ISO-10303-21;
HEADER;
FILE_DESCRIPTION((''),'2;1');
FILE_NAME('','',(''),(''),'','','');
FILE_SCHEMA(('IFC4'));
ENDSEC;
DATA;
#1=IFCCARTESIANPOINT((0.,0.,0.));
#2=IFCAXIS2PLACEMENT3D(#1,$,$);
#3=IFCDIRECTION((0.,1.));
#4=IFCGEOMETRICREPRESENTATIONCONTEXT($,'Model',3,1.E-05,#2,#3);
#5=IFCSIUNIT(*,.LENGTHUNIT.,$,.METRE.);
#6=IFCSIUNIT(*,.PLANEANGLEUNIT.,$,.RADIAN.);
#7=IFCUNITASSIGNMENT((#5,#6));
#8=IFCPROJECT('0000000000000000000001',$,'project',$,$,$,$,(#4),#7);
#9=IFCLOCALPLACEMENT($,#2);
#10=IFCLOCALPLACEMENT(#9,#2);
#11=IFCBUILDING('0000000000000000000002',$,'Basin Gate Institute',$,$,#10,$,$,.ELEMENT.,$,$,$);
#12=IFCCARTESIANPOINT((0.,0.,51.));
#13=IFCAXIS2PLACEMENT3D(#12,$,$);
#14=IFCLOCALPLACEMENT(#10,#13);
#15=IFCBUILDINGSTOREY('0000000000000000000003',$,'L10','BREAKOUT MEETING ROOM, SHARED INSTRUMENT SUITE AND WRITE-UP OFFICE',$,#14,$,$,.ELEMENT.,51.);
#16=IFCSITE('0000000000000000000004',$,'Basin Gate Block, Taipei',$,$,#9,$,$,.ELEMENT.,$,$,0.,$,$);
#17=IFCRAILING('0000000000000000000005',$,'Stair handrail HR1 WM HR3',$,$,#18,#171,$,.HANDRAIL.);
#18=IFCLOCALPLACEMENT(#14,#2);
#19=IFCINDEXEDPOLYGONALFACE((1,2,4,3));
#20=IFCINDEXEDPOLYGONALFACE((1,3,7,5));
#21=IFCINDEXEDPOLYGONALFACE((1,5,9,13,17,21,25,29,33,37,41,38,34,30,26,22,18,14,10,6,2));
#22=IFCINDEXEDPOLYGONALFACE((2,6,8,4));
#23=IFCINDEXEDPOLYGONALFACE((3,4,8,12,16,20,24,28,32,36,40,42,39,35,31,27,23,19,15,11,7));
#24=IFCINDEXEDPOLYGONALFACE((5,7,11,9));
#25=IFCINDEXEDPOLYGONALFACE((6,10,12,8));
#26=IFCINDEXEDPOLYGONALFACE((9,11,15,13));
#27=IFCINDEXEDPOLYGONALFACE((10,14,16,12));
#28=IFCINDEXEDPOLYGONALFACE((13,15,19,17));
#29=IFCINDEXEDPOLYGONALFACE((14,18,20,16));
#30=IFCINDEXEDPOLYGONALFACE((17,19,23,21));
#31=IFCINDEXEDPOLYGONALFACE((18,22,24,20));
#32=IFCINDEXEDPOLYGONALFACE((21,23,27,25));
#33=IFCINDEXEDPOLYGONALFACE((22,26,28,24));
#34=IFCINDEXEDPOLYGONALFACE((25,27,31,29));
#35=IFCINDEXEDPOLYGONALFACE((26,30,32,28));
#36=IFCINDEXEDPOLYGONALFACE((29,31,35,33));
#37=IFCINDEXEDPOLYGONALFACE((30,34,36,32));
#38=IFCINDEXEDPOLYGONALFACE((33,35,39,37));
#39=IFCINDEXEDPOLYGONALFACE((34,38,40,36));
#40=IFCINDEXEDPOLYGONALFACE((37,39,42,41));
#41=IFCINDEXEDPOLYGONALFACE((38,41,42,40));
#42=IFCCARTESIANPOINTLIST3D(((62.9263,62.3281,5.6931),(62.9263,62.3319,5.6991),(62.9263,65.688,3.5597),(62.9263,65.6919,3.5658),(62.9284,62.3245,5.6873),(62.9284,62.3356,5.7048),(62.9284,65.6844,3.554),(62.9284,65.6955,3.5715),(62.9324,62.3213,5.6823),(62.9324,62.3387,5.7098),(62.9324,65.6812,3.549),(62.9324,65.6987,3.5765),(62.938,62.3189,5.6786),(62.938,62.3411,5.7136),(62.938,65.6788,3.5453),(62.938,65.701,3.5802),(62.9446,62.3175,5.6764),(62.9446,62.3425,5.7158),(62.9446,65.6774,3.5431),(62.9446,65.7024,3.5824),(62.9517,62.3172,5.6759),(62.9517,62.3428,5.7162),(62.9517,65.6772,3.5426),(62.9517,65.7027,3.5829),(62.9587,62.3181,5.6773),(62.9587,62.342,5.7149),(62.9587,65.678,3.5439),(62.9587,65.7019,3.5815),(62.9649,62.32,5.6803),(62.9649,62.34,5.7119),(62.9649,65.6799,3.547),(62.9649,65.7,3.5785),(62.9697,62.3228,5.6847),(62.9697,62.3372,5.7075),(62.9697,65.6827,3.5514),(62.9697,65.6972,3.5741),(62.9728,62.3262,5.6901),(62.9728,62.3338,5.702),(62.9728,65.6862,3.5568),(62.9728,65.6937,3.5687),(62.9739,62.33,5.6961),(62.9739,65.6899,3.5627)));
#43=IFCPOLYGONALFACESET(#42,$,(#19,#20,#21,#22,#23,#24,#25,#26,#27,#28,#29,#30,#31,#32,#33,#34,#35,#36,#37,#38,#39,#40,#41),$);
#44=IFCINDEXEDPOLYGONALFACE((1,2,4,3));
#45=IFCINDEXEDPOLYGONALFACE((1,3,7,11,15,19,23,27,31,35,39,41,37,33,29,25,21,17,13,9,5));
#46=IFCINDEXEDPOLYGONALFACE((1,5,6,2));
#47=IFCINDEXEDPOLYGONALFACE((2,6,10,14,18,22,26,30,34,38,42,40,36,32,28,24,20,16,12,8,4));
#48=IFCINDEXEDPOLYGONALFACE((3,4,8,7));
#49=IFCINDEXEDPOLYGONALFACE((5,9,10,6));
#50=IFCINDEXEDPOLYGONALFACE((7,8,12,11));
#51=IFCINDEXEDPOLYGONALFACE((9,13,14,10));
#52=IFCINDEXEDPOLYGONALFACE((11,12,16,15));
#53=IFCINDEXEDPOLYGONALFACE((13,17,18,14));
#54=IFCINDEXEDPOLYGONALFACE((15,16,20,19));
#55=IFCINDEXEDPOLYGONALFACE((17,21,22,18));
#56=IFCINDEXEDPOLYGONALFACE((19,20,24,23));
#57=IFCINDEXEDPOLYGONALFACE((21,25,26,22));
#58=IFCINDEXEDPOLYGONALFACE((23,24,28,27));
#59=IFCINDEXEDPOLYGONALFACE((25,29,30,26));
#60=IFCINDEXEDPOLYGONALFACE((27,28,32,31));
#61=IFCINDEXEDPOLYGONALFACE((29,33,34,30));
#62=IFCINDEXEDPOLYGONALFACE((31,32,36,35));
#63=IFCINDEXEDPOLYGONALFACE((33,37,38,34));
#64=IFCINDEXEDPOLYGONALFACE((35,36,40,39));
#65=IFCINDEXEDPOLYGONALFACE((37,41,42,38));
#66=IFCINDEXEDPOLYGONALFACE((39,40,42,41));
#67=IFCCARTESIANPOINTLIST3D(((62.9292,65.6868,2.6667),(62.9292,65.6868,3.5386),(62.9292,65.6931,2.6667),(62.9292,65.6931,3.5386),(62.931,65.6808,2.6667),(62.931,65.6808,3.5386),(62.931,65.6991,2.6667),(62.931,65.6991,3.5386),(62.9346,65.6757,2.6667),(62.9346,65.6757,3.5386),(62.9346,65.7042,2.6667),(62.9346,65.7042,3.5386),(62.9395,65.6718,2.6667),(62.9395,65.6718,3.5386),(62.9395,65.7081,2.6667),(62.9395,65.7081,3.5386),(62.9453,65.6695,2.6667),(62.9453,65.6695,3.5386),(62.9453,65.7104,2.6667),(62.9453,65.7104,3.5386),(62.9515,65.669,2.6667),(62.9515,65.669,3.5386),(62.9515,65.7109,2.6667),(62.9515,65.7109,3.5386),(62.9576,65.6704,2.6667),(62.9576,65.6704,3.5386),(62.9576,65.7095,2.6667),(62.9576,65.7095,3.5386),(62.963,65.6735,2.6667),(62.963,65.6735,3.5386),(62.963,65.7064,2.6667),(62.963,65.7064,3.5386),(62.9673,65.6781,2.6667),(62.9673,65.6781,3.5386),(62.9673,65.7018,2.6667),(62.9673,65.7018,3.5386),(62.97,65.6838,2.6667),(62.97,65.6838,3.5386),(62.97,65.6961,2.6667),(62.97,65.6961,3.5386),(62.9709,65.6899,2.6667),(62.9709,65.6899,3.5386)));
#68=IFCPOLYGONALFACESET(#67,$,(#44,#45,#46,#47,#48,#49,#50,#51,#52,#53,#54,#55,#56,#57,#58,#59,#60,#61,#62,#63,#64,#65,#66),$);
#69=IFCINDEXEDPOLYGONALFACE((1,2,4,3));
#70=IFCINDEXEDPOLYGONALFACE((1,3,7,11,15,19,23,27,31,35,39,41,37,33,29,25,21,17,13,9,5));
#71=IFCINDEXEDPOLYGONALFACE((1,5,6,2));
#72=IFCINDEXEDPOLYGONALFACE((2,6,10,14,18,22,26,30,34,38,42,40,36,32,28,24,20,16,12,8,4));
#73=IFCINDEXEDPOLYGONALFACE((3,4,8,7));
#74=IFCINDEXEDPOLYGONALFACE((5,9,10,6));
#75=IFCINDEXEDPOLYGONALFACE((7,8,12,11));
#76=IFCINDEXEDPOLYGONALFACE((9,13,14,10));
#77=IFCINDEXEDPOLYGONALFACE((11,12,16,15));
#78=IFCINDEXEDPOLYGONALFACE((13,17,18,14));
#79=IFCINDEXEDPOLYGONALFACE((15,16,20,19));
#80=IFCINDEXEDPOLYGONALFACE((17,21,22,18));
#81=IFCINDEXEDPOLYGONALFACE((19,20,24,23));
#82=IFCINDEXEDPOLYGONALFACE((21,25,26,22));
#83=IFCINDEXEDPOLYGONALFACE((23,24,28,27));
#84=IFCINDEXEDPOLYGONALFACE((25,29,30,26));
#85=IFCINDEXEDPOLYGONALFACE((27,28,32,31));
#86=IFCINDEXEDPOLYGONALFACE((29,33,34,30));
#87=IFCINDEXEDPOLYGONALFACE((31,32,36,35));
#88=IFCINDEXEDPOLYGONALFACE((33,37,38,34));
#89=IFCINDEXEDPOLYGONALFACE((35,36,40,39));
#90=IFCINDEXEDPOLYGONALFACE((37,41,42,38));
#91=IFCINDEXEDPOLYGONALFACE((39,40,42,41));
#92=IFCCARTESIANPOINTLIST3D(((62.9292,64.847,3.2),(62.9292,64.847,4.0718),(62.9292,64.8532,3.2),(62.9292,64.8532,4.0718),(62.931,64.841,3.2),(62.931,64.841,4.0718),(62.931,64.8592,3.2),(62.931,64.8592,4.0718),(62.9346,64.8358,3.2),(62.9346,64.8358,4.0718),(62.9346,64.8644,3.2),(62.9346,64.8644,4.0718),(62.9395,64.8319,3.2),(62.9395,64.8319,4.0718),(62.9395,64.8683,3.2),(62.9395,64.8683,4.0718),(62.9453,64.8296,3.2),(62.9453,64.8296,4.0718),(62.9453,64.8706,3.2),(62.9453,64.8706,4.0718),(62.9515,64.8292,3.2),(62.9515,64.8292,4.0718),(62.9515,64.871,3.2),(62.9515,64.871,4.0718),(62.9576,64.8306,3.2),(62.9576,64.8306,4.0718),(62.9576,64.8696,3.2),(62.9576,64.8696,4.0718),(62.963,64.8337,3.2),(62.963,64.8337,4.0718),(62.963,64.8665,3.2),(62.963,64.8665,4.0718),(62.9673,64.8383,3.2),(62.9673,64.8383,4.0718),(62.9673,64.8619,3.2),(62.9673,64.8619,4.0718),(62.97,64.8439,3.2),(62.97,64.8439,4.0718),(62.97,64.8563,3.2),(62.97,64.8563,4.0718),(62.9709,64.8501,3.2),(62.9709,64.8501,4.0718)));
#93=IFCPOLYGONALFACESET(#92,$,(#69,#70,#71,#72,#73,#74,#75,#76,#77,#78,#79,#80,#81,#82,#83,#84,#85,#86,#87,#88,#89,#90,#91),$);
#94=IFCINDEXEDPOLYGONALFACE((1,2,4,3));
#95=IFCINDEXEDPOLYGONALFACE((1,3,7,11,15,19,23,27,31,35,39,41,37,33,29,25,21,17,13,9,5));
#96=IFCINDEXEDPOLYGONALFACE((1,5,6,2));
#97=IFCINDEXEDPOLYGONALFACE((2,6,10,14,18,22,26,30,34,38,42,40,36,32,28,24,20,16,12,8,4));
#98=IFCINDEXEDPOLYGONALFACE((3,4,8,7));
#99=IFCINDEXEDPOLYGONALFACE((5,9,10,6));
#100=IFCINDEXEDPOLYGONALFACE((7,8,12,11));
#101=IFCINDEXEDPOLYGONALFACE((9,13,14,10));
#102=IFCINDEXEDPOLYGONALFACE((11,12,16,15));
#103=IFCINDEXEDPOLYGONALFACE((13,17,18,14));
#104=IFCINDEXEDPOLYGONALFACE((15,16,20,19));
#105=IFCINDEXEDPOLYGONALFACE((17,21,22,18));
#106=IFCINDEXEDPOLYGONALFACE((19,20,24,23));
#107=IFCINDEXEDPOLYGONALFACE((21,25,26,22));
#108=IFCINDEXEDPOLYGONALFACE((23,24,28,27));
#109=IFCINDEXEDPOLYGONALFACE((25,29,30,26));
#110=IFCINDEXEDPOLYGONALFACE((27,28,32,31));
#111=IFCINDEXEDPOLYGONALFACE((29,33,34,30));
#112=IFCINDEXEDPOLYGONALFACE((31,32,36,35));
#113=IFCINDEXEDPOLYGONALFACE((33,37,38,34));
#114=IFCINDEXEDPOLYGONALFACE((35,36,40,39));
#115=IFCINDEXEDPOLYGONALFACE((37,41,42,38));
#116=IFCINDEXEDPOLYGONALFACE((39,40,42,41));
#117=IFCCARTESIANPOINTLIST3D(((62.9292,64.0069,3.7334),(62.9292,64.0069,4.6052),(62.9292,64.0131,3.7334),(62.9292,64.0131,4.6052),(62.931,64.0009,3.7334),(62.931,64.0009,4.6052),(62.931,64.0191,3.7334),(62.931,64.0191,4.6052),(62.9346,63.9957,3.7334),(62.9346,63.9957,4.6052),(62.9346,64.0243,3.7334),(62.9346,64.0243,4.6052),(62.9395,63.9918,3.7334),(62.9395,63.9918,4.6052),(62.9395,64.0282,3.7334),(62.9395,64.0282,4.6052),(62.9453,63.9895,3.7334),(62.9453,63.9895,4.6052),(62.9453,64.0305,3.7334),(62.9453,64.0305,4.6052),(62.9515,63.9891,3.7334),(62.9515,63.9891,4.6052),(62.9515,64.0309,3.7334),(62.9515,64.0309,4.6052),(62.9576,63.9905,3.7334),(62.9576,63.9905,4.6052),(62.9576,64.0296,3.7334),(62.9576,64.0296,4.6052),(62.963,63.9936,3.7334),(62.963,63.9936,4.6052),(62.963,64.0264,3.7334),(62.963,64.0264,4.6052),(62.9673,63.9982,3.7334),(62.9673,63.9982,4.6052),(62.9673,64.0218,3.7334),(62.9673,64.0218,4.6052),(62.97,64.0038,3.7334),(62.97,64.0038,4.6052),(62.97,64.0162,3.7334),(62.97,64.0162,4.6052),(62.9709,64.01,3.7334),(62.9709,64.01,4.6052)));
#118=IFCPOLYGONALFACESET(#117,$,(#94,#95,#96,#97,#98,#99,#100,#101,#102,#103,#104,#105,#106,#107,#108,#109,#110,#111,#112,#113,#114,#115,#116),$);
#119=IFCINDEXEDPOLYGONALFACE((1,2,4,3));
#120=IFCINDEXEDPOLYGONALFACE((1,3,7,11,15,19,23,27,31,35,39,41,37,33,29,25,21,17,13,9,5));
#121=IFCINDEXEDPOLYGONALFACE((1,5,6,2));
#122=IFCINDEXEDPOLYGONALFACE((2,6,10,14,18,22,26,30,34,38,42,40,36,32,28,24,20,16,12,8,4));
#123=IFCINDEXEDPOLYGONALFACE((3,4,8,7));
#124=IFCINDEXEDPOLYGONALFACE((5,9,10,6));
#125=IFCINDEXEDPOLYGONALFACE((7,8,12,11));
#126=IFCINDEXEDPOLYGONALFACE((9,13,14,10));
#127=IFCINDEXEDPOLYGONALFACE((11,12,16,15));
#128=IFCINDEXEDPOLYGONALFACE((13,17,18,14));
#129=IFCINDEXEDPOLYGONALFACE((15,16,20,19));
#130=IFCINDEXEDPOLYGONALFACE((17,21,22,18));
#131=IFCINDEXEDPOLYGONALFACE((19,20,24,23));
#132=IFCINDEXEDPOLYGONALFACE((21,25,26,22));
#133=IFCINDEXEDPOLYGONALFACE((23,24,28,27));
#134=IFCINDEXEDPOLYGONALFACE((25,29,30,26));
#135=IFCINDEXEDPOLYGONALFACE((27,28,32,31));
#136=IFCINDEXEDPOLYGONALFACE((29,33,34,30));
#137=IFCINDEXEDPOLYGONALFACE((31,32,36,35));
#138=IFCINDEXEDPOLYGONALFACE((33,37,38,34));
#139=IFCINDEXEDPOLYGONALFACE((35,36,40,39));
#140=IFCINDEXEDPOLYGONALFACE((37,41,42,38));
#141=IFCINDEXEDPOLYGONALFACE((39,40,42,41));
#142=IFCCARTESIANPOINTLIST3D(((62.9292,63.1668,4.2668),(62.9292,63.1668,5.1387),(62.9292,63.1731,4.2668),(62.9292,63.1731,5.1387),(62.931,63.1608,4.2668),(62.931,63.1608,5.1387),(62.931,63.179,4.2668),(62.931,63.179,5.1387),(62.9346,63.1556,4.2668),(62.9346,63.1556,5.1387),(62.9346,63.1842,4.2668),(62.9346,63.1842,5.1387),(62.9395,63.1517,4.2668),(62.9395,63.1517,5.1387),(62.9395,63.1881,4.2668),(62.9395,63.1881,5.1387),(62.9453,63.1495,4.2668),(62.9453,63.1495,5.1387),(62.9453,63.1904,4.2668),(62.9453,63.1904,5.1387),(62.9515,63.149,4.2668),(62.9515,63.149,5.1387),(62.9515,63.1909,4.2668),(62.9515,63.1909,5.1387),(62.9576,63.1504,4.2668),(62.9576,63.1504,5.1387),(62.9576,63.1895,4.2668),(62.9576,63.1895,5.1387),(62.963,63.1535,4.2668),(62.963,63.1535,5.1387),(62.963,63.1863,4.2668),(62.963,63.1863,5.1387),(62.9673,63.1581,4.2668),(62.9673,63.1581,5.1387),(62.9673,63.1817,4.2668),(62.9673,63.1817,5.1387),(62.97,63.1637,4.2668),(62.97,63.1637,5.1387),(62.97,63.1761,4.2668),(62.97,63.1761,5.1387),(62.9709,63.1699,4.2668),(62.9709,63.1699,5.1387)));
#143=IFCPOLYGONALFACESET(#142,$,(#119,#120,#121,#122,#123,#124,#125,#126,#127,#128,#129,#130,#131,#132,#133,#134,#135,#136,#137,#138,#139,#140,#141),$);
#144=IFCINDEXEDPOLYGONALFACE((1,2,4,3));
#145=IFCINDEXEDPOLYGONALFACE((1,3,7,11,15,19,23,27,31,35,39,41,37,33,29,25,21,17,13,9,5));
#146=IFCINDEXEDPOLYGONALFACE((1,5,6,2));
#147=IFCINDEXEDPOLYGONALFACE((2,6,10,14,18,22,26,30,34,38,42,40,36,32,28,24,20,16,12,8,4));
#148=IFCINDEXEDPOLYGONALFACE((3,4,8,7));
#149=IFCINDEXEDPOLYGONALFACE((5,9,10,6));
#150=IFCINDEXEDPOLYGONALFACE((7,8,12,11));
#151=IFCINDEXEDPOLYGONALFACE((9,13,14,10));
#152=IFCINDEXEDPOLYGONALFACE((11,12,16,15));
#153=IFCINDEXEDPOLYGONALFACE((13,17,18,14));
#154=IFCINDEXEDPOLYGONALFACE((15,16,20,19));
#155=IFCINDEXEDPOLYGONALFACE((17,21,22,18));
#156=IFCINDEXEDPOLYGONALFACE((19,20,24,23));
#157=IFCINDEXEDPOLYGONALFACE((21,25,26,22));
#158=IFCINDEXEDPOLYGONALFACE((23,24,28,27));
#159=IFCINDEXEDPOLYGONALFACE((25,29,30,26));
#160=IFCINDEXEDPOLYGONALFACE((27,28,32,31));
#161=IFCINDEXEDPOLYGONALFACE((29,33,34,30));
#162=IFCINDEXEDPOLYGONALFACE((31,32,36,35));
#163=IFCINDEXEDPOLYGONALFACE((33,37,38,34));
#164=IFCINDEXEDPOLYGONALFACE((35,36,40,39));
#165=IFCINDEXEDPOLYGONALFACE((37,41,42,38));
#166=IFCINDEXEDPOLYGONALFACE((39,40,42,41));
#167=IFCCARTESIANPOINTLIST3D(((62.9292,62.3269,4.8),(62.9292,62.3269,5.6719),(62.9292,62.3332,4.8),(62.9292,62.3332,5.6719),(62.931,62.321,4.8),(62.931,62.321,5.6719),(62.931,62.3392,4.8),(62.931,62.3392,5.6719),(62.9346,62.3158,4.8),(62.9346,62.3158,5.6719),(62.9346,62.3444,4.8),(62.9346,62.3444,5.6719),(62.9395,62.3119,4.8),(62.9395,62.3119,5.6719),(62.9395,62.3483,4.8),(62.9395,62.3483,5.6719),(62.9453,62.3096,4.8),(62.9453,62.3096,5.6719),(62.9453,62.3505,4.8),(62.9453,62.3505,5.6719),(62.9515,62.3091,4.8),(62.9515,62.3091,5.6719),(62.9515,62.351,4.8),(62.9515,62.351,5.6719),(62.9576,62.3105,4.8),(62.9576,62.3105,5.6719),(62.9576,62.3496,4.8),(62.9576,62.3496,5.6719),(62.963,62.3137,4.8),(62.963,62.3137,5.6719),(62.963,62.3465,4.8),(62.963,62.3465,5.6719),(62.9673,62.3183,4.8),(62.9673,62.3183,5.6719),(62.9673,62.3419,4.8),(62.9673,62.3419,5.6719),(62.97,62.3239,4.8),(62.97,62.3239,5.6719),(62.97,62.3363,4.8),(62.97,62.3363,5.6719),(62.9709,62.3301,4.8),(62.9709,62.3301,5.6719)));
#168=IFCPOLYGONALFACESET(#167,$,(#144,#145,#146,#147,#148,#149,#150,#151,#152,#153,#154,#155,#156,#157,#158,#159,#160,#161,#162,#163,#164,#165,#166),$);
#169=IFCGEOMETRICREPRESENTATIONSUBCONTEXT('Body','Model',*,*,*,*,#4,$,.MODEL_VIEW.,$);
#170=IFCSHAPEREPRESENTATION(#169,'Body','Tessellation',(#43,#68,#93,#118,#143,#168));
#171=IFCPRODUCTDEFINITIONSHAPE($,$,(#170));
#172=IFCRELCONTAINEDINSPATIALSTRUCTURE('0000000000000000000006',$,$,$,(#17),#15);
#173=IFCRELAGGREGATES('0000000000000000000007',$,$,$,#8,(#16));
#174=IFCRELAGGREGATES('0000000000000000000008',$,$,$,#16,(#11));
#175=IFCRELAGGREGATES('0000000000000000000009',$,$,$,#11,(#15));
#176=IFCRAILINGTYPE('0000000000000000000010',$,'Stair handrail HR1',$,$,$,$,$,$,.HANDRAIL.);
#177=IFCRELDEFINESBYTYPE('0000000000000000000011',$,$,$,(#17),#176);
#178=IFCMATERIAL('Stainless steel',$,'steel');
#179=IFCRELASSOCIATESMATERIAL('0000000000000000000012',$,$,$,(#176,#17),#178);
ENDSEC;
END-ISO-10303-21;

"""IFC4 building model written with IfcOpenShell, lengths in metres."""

from ifc_helpers import new_model, si_unit, direction, frame, origin, origin_2d, place, context, subcontext, project, spatial, circle, extrude, material, type_object, element, save


model = new_model("IFC4")

# Units and contexts
model_context = context("Model", 3, precision=1e-05, world=origin(), true_north=direction((0.0, 1.0)))
body_context = subcontext(model_context, "Body", "Model", "MODEL_VIEW")
ifc_project = project(units=[si_unit("LENGTHUNIT", "METRE"), si_unit("PLANEANGLEUNIT", "RADIAN")], contexts=[model_context])

# Site, building, storey
site_placement = place(None, origin())
site = spatial("IfcSite", under=ifc_project, at=site_placement, Name="Basin Gate Block, Taipei", CompositionType="ELEMENT", RefElevation=0.0)
building_placement = place(site_placement, origin())
building = spatial("IfcBuilding", under=site, at=building_placement, Name="Basin Gate Institute", CompositionType="ELEMENT")
storey_placement = place(building_placement, frame((0.0, 0.0, 51.0)))
storey = spatial("IfcBuildingStorey", under=building, at=storey_placement, Name="L10", Description="BREAKOUT MEETING ROOM, SHARED INSTRUMENT SUITE AND WRITE-UP OFFICE", CompositionType="ELEMENT", Elevation=51.0)

# Railing
ifc_material_1 = material(Name="Stainless steel", Category="steel")
railing_type_1 = type_object("IfcRailingType", Name="Stair handrail HR1", PredefinedType="HANDRAIL", material=ifc_material_1)
railing_1_placement = place(storey_placement, frame((62.95, 65.6899, 2.6667)))
element("IfcRailing", 1, at=railing_1_placement, inside=storey, type_object=railing_type_1, material=ifc_material_1, Name="Stair handrail HR1 WM HR3", PredefinedType="HANDRAIL", context=body_context, shape_type="SweptSolid", body=[
    extrude(circle(Radius=0.0239, at=origin_2d()), frame((0.0, 0.0, 0.896), z_axis=(0.0, -0.844207, 0.536018), x_axis=(1.0, 0.0, 0.0)), (0.0, 0.0, 1.0), 3.98),
    extrude(circle(Radius=0.021, at=origin_2d()), origin(), (0.0, 0.0, 1.0), 0.8718),
    extrude(circle(Radius=0.021, at=origin_2d()), frame((0.0, -0.8398, 0.5332)), (0.0, 0.0, 1.0), 0.8718),
    extrude(circle(Radius=0.021, at=origin_2d()), frame((0.0, -1.6799, 1.0667)), (0.0, 0.0, 1.0), 0.8718),
    extrude(circle(Radius=0.021, at=origin_2d()), frame((0.0, -2.52, 1.6001)), (0.0, 0.0, 1.0), 0.8718),
    extrude(circle(Radius=0.021, at=origin_2d()), frame((0.0, -3.3599, 2.1333)), (0.0, 0.0, 1.0), 0.8718),
])

save(model, "model.ifc")
